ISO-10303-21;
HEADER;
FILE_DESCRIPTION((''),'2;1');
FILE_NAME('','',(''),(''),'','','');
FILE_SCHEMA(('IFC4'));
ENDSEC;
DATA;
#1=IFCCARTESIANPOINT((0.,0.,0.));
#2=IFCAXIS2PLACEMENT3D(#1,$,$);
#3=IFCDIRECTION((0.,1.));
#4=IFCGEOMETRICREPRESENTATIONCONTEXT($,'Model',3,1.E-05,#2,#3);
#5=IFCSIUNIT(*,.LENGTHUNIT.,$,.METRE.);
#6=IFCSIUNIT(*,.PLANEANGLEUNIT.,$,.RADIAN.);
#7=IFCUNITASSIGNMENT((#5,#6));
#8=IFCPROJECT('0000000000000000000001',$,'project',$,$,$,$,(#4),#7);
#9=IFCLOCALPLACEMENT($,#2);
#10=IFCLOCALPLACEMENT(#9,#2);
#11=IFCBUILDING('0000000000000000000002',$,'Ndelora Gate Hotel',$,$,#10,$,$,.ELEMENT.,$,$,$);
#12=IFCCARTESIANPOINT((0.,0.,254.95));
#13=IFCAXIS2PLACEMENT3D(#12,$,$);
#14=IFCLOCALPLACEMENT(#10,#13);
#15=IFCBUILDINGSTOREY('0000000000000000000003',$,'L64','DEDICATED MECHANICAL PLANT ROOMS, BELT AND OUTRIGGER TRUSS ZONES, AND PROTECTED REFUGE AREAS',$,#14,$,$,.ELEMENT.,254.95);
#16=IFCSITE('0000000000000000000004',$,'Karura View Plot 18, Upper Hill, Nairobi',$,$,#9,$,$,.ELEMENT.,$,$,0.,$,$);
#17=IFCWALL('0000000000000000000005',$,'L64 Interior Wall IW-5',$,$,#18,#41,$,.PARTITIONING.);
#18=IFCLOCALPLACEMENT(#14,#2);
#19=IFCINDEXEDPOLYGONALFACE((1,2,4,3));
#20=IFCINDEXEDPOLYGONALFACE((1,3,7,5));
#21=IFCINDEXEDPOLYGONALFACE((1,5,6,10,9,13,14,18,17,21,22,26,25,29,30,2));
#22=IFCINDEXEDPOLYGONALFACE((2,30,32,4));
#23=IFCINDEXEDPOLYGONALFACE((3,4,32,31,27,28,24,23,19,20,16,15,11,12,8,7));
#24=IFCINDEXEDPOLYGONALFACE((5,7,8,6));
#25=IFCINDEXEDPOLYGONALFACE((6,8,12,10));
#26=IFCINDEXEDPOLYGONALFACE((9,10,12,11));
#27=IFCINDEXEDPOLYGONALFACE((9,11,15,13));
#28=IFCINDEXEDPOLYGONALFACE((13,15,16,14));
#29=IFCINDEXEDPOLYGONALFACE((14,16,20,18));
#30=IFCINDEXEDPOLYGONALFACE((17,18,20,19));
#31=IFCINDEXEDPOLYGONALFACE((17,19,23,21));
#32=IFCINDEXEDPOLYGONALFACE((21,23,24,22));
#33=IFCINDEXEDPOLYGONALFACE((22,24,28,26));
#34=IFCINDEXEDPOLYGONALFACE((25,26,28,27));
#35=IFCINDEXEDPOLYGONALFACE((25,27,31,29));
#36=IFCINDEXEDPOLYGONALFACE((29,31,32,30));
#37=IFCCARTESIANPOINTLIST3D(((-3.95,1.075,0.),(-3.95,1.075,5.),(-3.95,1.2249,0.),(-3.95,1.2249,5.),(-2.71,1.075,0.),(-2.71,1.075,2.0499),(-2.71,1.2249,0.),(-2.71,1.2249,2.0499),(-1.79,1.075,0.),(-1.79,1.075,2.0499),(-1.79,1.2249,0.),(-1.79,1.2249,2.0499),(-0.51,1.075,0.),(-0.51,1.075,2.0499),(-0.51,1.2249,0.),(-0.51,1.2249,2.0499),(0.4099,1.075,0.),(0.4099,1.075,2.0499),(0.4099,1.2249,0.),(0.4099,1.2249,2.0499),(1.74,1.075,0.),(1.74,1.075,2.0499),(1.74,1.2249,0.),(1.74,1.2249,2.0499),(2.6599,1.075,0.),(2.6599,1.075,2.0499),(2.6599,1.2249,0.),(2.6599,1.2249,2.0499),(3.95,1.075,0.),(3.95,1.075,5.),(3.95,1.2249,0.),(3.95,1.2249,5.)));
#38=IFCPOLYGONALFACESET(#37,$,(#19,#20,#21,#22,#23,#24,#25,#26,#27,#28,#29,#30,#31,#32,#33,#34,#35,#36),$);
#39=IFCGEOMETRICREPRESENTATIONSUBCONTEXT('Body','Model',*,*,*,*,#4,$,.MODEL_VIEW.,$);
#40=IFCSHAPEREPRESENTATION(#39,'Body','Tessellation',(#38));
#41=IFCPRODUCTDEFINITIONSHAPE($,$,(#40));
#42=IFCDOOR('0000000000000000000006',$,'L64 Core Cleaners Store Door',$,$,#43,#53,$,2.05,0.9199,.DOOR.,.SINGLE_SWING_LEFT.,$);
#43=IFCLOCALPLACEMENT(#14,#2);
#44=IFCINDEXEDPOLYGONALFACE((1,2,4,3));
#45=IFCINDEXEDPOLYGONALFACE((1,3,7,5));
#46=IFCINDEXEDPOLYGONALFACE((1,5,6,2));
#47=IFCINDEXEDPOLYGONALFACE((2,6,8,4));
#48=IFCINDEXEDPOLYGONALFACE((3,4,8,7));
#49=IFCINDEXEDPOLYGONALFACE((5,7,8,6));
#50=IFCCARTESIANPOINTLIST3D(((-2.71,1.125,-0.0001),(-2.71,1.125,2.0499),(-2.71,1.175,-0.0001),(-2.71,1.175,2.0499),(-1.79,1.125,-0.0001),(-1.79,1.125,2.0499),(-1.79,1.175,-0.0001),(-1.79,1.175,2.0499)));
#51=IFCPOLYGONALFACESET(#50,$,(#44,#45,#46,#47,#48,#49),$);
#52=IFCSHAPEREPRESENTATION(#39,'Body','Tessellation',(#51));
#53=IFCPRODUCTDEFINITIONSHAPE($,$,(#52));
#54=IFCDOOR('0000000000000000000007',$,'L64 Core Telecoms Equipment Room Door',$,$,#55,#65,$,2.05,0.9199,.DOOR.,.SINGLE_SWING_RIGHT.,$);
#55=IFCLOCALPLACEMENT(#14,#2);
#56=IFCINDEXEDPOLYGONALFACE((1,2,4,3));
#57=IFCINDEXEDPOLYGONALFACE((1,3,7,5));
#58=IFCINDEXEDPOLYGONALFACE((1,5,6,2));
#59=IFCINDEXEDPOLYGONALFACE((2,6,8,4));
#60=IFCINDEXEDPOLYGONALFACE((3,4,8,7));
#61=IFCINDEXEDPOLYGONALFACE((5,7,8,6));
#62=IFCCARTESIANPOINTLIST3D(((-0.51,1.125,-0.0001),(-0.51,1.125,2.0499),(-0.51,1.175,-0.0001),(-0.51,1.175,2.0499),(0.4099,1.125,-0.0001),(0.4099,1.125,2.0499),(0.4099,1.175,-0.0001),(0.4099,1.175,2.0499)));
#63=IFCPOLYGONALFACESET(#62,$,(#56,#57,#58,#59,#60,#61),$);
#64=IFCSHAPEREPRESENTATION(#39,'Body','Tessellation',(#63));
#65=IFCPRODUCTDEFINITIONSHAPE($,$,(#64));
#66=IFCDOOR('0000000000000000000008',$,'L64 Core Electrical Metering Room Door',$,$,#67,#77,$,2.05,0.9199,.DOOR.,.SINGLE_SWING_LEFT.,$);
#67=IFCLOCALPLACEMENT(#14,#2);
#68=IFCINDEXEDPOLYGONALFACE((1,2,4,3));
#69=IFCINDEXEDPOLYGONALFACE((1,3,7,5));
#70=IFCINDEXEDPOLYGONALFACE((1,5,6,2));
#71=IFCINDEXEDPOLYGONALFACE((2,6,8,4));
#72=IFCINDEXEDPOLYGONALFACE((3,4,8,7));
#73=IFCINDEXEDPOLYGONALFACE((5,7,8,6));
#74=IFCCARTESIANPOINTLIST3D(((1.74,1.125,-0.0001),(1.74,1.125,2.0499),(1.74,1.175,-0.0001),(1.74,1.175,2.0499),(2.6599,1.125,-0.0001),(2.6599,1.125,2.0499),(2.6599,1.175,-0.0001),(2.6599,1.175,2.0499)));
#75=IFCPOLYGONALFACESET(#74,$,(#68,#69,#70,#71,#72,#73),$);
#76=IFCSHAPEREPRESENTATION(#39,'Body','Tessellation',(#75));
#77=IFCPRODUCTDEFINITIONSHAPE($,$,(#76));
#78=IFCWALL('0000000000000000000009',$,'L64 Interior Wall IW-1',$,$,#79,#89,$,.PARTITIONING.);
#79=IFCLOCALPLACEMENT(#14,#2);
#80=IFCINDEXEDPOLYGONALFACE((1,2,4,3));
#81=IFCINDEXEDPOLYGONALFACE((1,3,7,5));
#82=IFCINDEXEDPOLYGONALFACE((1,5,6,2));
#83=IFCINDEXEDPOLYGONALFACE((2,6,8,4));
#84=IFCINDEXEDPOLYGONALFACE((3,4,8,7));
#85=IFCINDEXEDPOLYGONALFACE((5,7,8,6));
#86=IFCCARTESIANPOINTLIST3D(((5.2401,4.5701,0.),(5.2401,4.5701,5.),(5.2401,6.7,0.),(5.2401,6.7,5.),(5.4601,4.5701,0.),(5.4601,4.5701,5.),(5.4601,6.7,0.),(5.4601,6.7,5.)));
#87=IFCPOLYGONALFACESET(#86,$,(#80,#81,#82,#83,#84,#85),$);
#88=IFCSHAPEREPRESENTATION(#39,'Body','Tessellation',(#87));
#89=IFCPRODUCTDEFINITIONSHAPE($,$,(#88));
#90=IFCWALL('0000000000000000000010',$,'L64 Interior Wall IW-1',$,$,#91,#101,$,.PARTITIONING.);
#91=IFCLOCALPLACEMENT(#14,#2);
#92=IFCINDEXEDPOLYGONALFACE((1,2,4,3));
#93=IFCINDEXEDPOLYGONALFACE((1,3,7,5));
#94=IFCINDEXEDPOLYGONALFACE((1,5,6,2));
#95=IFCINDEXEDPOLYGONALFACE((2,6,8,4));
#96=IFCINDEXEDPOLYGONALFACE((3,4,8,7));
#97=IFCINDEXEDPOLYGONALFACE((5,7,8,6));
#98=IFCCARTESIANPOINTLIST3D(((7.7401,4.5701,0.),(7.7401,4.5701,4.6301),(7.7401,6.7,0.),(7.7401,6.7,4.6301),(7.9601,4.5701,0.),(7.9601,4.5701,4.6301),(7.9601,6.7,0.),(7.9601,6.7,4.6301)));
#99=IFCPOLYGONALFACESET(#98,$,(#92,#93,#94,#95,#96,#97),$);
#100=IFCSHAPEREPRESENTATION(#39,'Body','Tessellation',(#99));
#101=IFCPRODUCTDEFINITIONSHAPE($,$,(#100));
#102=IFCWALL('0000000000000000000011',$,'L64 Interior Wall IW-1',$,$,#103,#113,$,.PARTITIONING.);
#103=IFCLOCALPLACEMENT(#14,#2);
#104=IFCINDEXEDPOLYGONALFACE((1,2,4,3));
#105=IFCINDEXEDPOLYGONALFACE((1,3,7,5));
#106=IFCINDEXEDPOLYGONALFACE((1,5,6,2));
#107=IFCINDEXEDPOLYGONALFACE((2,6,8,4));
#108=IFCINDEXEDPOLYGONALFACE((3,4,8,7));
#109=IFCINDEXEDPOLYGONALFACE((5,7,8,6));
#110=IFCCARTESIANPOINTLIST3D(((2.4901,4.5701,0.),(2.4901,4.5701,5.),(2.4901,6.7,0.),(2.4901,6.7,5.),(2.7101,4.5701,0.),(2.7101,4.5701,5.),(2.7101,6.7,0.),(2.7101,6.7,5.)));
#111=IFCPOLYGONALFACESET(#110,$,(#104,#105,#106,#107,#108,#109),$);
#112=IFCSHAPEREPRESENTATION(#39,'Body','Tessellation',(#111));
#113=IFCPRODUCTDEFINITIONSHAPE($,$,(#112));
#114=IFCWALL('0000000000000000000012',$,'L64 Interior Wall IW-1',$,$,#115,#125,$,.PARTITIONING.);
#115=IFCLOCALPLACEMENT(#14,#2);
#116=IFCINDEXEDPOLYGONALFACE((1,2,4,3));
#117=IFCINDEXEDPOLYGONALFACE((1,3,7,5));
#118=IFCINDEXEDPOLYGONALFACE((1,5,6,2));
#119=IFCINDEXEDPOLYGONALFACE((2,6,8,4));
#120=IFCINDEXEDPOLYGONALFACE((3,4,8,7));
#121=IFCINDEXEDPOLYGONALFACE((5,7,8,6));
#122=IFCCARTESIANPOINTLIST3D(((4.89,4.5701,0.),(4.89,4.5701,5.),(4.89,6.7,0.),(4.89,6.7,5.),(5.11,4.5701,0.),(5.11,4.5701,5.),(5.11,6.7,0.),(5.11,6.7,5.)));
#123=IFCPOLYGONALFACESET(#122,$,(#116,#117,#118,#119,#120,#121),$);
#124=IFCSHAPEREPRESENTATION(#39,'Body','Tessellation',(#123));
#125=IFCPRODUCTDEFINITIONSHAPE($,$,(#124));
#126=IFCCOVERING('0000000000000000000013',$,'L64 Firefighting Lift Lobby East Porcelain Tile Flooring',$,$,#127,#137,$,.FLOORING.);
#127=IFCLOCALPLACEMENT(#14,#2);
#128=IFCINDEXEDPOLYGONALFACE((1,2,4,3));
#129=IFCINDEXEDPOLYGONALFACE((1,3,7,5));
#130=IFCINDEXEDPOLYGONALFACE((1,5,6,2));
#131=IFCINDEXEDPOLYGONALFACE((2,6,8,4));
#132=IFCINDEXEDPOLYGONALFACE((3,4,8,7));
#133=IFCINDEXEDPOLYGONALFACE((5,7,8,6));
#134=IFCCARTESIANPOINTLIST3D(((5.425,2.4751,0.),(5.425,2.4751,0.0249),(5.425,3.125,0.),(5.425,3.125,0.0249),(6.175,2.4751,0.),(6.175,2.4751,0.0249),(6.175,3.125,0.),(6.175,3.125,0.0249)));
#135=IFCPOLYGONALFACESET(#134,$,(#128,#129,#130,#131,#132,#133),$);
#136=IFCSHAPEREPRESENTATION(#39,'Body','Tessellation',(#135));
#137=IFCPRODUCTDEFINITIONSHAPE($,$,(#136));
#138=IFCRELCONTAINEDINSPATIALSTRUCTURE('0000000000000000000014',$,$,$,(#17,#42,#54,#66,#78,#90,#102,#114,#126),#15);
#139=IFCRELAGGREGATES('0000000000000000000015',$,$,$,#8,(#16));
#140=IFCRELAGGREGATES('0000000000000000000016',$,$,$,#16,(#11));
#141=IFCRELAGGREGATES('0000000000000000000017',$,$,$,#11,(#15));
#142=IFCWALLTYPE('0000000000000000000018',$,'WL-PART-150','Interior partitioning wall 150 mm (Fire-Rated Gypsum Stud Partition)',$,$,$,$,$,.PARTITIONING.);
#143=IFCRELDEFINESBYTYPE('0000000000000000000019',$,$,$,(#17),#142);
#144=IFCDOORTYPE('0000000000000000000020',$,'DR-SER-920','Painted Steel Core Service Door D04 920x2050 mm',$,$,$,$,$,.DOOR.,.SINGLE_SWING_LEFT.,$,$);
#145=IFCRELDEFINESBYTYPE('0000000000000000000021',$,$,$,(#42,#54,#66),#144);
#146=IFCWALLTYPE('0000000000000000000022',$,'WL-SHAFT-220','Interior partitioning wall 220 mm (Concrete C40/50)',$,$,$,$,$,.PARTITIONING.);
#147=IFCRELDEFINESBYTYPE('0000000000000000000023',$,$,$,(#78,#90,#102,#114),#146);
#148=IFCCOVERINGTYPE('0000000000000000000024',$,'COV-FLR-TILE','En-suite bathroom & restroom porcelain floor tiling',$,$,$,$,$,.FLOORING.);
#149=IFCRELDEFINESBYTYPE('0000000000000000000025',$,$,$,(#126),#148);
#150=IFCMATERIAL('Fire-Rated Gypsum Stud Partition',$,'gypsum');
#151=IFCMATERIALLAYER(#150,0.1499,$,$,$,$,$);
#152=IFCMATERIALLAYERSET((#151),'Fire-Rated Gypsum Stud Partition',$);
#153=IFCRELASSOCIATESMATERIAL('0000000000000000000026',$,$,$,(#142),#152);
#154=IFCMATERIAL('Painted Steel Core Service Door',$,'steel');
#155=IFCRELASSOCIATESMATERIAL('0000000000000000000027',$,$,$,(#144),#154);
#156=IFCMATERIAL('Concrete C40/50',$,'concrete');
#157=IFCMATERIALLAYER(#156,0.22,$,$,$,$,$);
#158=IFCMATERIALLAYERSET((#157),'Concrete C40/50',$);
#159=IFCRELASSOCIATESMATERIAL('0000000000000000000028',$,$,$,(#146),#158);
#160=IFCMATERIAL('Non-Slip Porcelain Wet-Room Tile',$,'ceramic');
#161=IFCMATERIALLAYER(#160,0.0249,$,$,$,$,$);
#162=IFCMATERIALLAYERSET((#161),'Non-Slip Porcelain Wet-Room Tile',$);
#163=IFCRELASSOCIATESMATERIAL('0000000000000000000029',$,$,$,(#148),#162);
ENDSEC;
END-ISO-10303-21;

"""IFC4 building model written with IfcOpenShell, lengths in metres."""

from ifc_helpers import new_model, si_unit, direction, frame, frame_2d, origin, origin_2d, place, context, subcontext, project, spatial, rectangle, extrude, material, layer, layer_set, type_object, element, fill, save


model = new_model("IFC4")

# Units and contexts
model_context = context("Model", 3, precision=1e-05, world=origin(), true_north=direction((0.0, 1.0)))
body_context = subcontext(model_context, "Body", "Model", "MODEL_VIEW")
ifc_project = project(units=[si_unit("LENGTHUNIT", "METRE"), si_unit("PLANEANGLEUNIT", "RADIAN")], contexts=[model_context])

# Site, building, storey
site_placement = place(None, origin())
site = spatial("IfcSite", under=ifc_project, at=site_placement, Name="Karura View Plot 18, Upper Hill, Nairobi", CompositionType="ELEMENT", RefElevation=0.0)
building_placement = place(site_placement, origin())
building = spatial("IfcBuilding", under=site, at=building_placement, Name="Ndelora Gate Hotel", CompositionType="ELEMENT")
storey_placement = place(building_placement, frame((0.0, 0.0, 254.95)))
storey = spatial("IfcBuildingStorey", under=building, at=storey_placement, Name="L64", Description="DEDICATED MECHANICAL PLANT ROOMS, BELT AND OUTRIGGER TRUSS ZONES, AND PROTECTED REFUGE AREAS", CompositionType="ELEMENT", Elevation=254.95)

# Shared definitions
ifc_material_1 = material(Name="Concrete C40/50", Category="concrete")

# Wall, openings, doors
ifc_material_2 = material(Name="Fire-Rated Gypsum Stud Partition", Category="gypsum")
ifc_layer_1 = layer(ifc_material_2, 0.1499)
ifc_layer_set_1 = layer_set([ifc_layer_1], Name="Fire-Rated Gypsum Stud Partition")
wall_type_1 = type_object("IfcWallType", Name="WL-PART-150", Description="Interior partitioning wall 150 mm (Fire-Rated Gypsum Stud Partition)", PredefinedType="PARTITIONING", material=ifc_layer_set_1)
wall_1_placement = place(storey_placement, frame((3.95, 1.1499, 0.0), z_axis=(0.0, 0.0, 1.0), x_axis=(-1.0, 0.0, 0.0)))
wall_1 = element("IfcWall", 1, at=wall_1_placement, inside=storey, type_object=wall_type_1, Name="L64 Interior Wall IW-5", PredefinedType="PARTITIONING", context=body_context, shape_type="SweptSolid", body=[
    extrude(rectangle(XDim=7.8999, YDim=0.1499, at=frame_2d((3.95, 0.0))), origin(), (0.0, 0.0, 1.0), 5.0),
])
opening_1_placement = place(wall_1_placement, frame((5.74, 0.0, 0.0)))
opening_1 = element("IfcOpeningElement", 2, at=opening_1_placement, cuts=wall_1, PredefinedType="OPENING", context=body_context, shape_type="SweptSolid", body=[
    extrude(rectangle(XDim=0.9199, YDim=2.05, at=frame_2d((0.46, 1.0249))), frame((0.0, 0.085, 0.0), z_axis=(0.0, -1.0, 0.0), x_axis=(1.0, 0.0, 0.0)), (0.0, 0.0, 1.0), 0.1699),
])
opening_2_placement = place(wall_1_placement, frame((3.54, 0.0, 0.0)))
opening_2 = element("IfcOpeningElement", 3, at=opening_2_placement, cuts=wall_1, PredefinedType="OPENING", context=body_context, shape_type="SweptSolid", body=[
    extrude(rectangle(XDim=0.9199, YDim=2.05, at=frame_2d((0.46, 1.0249))), frame((0.0, 0.085, 0.0), z_axis=(0.0, -1.0, 0.0), x_axis=(1.0, 0.0, 0.0)), (0.0, 0.0, 1.0), 0.1699),
])
opening_3_placement = place(wall_1_placement, frame((1.29, 0.0, 0.0)))
opening_3 = element("IfcOpeningElement", 4, at=opening_3_placement, cuts=wall_1, PredefinedType="OPENING", context=body_context, shape_type="SweptSolid", body=[
    extrude(rectangle(XDim=0.9199, YDim=2.05, at=frame_2d((0.46, 1.0249))), frame((0.0, 0.085, 0.0), z_axis=(0.0, -1.0, 0.0), x_axis=(1.0, 0.0, 0.0)), (0.0, 0.0, 1.0), 0.1699),
])
ifc_material_3 = material(Name="Painted Steel Core Service Door", Category="steel")
door_type_1 = type_object("IfcDoorType", Name="DR-SER-920", Description="Painted Steel Core Service Door D04 920x2050 mm", OperationType="SINGLE_SWING_LEFT", PredefinedType="DOOR", material=ifc_material_3)
door_1_placement = place(opening_1_placement, origin())
door_1 = element("IfcDoor", 5, at=door_1_placement, inside=storey, type_object=door_type_1, Name="L64 Core Cleaners Store Door", OperationType="SINGLE_SWING_LEFT", OverallHeight=2.05, OverallWidth=0.9199, PredefinedType="DOOR", context=body_context, shape_type="SweptSolid", body=[
    extrude(rectangle(XDim=0.9199, YDim=2.05, at=frame_2d((0.46, 1.0249))), frame((0.0, 0.0249, 0.0), z_axis=(0.0, -1.0, 0.0), x_axis=(1.0, 0.0, 0.0)), (0.0, 0.0, 1.0), 0.05),
])
fill(opening_1, door_1)
door_2_placement = place(opening_2_placement, origin())
door_2 = element("IfcDoor", 6, at=door_2_placement, inside=storey, type_object=door_type_1, Name="L64 Core Telecoms Equipment Room Door", OperationType="SINGLE_SWING_RIGHT", OverallHeight=2.05, OverallWidth=0.9199, PredefinedType="DOOR", context=body_context, shape_type="SweptSolid", body=[
    extrude(rectangle(XDim=0.9199, YDim=2.05, at=frame_2d((0.46, 1.0249))), frame((0.0, 0.0249, 0.0), z_axis=(0.0, -1.0, 0.0), x_axis=(1.0, 0.0, 0.0)), (0.0, 0.0, 1.0), 0.05),
])
fill(opening_2, door_2)
door_3_placement = place(opening_3_placement, origin())
door_3 = element("IfcDoor", 7, at=door_3_placement, inside=storey, type_object=door_type_1, Name="L64 Core Electrical Metering Room Door", OperationType="SINGLE_SWING_LEFT", OverallHeight=2.05, OverallWidth=0.9199, PredefinedType="DOOR", context=body_context, shape_type="SweptSolid", body=[
    extrude(rectangle(XDim=0.9199, YDim=2.05, at=frame_2d((0.46, 1.0249))), frame((0.0, 0.0249, 0.0), z_axis=(0.0, -1.0, 0.0), x_axis=(1.0, 0.0, 0.0)), (0.0, 0.0, 1.0), 0.05),
])
fill(opening_3, door_3)

# Shared definitions
ifc_layer_2 = layer(ifc_material_1, 0.22)
ifc_layer_set_2 = layer_set([ifc_layer_2], Name="Concrete C40/50")
wall_type_2 = type_object("IfcWallType", Name="WL-SHAFT-220", Description="Interior partitioning wall 220 mm (Concrete C40/50)", PredefinedType="PARTITIONING", material=ifc_layer_set_2)

# Walls
wall_2_placement = place(storey_placement, frame((5.3501, 4.5701, 0.0), z_axis=(0.0, 0.0, 1.0), x_axis=(0.0, 1.0, 0.0)))
element("IfcWall", 8, at=wall_2_placement, inside=storey, type_object=wall_type_2, Name="L64 Interior Wall IW-1", PredefinedType="PARTITIONING", context=body_context, shape_type="SweptSolid", body=[
    extrude(rectangle(XDim=2.1299, YDim=0.22, at=frame_2d((1.0649, 0.0))), origin(), (0.0, 0.0, 1.0), 5.0),
])
wall_3_placement = place(storey_placement, frame((7.8501, 4.5701, 0.0), z_axis=(0.0, 0.0, 1.0), x_axis=(0.0, 1.0, 0.0)))
element("IfcWall", 9, at=wall_3_placement, inside=storey, type_object=wall_type_2, Name="L64 Interior Wall IW-1", PredefinedType="PARTITIONING", context=body_context, shape_type="SweptSolid", body=[
    extrude(rectangle(XDim=2.1299, YDim=0.22, at=frame_2d((1.0649, 0.0))), origin(), (0.0, 0.0, 1.0), 4.6301),
])

# Walls
for number, where, z_axis, x_axis, name in (
    (10, (2.6001, 4.5701, 0.0), (0.0, 0.0, 1.0), (0.0, 1.0, 0.0), "L64 Interior Wall IW-1"),
    (11, (5.0, 4.5701, 0.0), (0.0, 0.0, 1.0), (0.0, 1.0, 0.0), "L64 Interior Wall IW-1"),
):
    element("IfcWall", number, at=place(storey_placement, frame(where, z_axis=z_axis, x_axis=x_axis)), inside=storey, type_object=wall_type_2, Name=name, PredefinedType="PARTITIONING", context=body_context, shape_type="SweptSolid", body=[
        extrude(rectangle(XDim=2.1299, YDim=0.22, at=frame_2d((1.0649, 0.0))), origin(), (0.0, 0.0, 1.0), 5.0),
    ])

# Covering
ifc_material_4 = material(Name="Non-Slip Porcelain Wet-Room Tile", Category="ceramic")
ifc_layer_3 = layer(ifc_material_4, 0.0249)
ifc_layer_set_3 = layer_set([ifc_layer_3], Name="Non-Slip Porcelain Wet-Room Tile")
covering_type = type_object("IfcCoveringType", Name="COV-FLR-TILE", Description="En-suite bathroom & restroom porcelain floor tiling", PredefinedType="FLOORING", material=ifc_layer_set_3)
covering_placement = place(storey_placement, frame((5.8, 2.8, 0.0), z_axis=(0.0, 0.0, 1.0), x_axis=(1.0, 0.0, 0.0)))
element("IfcCovering", 12, at=covering_placement, inside=storey, type_object=covering_type, Name="L64 Firefighting Lift Lobby East Porcelain Tile Flooring", PredefinedType="FLOORING", context=body_context, shape_type="SweptSolid", body=[
    extrude(rectangle(XDim=0.75, YDim=0.6499, at=origin_2d()), origin(), (0.0, 0.0, 1.0), 0.0249),
])

save(model, "model.ifc")
